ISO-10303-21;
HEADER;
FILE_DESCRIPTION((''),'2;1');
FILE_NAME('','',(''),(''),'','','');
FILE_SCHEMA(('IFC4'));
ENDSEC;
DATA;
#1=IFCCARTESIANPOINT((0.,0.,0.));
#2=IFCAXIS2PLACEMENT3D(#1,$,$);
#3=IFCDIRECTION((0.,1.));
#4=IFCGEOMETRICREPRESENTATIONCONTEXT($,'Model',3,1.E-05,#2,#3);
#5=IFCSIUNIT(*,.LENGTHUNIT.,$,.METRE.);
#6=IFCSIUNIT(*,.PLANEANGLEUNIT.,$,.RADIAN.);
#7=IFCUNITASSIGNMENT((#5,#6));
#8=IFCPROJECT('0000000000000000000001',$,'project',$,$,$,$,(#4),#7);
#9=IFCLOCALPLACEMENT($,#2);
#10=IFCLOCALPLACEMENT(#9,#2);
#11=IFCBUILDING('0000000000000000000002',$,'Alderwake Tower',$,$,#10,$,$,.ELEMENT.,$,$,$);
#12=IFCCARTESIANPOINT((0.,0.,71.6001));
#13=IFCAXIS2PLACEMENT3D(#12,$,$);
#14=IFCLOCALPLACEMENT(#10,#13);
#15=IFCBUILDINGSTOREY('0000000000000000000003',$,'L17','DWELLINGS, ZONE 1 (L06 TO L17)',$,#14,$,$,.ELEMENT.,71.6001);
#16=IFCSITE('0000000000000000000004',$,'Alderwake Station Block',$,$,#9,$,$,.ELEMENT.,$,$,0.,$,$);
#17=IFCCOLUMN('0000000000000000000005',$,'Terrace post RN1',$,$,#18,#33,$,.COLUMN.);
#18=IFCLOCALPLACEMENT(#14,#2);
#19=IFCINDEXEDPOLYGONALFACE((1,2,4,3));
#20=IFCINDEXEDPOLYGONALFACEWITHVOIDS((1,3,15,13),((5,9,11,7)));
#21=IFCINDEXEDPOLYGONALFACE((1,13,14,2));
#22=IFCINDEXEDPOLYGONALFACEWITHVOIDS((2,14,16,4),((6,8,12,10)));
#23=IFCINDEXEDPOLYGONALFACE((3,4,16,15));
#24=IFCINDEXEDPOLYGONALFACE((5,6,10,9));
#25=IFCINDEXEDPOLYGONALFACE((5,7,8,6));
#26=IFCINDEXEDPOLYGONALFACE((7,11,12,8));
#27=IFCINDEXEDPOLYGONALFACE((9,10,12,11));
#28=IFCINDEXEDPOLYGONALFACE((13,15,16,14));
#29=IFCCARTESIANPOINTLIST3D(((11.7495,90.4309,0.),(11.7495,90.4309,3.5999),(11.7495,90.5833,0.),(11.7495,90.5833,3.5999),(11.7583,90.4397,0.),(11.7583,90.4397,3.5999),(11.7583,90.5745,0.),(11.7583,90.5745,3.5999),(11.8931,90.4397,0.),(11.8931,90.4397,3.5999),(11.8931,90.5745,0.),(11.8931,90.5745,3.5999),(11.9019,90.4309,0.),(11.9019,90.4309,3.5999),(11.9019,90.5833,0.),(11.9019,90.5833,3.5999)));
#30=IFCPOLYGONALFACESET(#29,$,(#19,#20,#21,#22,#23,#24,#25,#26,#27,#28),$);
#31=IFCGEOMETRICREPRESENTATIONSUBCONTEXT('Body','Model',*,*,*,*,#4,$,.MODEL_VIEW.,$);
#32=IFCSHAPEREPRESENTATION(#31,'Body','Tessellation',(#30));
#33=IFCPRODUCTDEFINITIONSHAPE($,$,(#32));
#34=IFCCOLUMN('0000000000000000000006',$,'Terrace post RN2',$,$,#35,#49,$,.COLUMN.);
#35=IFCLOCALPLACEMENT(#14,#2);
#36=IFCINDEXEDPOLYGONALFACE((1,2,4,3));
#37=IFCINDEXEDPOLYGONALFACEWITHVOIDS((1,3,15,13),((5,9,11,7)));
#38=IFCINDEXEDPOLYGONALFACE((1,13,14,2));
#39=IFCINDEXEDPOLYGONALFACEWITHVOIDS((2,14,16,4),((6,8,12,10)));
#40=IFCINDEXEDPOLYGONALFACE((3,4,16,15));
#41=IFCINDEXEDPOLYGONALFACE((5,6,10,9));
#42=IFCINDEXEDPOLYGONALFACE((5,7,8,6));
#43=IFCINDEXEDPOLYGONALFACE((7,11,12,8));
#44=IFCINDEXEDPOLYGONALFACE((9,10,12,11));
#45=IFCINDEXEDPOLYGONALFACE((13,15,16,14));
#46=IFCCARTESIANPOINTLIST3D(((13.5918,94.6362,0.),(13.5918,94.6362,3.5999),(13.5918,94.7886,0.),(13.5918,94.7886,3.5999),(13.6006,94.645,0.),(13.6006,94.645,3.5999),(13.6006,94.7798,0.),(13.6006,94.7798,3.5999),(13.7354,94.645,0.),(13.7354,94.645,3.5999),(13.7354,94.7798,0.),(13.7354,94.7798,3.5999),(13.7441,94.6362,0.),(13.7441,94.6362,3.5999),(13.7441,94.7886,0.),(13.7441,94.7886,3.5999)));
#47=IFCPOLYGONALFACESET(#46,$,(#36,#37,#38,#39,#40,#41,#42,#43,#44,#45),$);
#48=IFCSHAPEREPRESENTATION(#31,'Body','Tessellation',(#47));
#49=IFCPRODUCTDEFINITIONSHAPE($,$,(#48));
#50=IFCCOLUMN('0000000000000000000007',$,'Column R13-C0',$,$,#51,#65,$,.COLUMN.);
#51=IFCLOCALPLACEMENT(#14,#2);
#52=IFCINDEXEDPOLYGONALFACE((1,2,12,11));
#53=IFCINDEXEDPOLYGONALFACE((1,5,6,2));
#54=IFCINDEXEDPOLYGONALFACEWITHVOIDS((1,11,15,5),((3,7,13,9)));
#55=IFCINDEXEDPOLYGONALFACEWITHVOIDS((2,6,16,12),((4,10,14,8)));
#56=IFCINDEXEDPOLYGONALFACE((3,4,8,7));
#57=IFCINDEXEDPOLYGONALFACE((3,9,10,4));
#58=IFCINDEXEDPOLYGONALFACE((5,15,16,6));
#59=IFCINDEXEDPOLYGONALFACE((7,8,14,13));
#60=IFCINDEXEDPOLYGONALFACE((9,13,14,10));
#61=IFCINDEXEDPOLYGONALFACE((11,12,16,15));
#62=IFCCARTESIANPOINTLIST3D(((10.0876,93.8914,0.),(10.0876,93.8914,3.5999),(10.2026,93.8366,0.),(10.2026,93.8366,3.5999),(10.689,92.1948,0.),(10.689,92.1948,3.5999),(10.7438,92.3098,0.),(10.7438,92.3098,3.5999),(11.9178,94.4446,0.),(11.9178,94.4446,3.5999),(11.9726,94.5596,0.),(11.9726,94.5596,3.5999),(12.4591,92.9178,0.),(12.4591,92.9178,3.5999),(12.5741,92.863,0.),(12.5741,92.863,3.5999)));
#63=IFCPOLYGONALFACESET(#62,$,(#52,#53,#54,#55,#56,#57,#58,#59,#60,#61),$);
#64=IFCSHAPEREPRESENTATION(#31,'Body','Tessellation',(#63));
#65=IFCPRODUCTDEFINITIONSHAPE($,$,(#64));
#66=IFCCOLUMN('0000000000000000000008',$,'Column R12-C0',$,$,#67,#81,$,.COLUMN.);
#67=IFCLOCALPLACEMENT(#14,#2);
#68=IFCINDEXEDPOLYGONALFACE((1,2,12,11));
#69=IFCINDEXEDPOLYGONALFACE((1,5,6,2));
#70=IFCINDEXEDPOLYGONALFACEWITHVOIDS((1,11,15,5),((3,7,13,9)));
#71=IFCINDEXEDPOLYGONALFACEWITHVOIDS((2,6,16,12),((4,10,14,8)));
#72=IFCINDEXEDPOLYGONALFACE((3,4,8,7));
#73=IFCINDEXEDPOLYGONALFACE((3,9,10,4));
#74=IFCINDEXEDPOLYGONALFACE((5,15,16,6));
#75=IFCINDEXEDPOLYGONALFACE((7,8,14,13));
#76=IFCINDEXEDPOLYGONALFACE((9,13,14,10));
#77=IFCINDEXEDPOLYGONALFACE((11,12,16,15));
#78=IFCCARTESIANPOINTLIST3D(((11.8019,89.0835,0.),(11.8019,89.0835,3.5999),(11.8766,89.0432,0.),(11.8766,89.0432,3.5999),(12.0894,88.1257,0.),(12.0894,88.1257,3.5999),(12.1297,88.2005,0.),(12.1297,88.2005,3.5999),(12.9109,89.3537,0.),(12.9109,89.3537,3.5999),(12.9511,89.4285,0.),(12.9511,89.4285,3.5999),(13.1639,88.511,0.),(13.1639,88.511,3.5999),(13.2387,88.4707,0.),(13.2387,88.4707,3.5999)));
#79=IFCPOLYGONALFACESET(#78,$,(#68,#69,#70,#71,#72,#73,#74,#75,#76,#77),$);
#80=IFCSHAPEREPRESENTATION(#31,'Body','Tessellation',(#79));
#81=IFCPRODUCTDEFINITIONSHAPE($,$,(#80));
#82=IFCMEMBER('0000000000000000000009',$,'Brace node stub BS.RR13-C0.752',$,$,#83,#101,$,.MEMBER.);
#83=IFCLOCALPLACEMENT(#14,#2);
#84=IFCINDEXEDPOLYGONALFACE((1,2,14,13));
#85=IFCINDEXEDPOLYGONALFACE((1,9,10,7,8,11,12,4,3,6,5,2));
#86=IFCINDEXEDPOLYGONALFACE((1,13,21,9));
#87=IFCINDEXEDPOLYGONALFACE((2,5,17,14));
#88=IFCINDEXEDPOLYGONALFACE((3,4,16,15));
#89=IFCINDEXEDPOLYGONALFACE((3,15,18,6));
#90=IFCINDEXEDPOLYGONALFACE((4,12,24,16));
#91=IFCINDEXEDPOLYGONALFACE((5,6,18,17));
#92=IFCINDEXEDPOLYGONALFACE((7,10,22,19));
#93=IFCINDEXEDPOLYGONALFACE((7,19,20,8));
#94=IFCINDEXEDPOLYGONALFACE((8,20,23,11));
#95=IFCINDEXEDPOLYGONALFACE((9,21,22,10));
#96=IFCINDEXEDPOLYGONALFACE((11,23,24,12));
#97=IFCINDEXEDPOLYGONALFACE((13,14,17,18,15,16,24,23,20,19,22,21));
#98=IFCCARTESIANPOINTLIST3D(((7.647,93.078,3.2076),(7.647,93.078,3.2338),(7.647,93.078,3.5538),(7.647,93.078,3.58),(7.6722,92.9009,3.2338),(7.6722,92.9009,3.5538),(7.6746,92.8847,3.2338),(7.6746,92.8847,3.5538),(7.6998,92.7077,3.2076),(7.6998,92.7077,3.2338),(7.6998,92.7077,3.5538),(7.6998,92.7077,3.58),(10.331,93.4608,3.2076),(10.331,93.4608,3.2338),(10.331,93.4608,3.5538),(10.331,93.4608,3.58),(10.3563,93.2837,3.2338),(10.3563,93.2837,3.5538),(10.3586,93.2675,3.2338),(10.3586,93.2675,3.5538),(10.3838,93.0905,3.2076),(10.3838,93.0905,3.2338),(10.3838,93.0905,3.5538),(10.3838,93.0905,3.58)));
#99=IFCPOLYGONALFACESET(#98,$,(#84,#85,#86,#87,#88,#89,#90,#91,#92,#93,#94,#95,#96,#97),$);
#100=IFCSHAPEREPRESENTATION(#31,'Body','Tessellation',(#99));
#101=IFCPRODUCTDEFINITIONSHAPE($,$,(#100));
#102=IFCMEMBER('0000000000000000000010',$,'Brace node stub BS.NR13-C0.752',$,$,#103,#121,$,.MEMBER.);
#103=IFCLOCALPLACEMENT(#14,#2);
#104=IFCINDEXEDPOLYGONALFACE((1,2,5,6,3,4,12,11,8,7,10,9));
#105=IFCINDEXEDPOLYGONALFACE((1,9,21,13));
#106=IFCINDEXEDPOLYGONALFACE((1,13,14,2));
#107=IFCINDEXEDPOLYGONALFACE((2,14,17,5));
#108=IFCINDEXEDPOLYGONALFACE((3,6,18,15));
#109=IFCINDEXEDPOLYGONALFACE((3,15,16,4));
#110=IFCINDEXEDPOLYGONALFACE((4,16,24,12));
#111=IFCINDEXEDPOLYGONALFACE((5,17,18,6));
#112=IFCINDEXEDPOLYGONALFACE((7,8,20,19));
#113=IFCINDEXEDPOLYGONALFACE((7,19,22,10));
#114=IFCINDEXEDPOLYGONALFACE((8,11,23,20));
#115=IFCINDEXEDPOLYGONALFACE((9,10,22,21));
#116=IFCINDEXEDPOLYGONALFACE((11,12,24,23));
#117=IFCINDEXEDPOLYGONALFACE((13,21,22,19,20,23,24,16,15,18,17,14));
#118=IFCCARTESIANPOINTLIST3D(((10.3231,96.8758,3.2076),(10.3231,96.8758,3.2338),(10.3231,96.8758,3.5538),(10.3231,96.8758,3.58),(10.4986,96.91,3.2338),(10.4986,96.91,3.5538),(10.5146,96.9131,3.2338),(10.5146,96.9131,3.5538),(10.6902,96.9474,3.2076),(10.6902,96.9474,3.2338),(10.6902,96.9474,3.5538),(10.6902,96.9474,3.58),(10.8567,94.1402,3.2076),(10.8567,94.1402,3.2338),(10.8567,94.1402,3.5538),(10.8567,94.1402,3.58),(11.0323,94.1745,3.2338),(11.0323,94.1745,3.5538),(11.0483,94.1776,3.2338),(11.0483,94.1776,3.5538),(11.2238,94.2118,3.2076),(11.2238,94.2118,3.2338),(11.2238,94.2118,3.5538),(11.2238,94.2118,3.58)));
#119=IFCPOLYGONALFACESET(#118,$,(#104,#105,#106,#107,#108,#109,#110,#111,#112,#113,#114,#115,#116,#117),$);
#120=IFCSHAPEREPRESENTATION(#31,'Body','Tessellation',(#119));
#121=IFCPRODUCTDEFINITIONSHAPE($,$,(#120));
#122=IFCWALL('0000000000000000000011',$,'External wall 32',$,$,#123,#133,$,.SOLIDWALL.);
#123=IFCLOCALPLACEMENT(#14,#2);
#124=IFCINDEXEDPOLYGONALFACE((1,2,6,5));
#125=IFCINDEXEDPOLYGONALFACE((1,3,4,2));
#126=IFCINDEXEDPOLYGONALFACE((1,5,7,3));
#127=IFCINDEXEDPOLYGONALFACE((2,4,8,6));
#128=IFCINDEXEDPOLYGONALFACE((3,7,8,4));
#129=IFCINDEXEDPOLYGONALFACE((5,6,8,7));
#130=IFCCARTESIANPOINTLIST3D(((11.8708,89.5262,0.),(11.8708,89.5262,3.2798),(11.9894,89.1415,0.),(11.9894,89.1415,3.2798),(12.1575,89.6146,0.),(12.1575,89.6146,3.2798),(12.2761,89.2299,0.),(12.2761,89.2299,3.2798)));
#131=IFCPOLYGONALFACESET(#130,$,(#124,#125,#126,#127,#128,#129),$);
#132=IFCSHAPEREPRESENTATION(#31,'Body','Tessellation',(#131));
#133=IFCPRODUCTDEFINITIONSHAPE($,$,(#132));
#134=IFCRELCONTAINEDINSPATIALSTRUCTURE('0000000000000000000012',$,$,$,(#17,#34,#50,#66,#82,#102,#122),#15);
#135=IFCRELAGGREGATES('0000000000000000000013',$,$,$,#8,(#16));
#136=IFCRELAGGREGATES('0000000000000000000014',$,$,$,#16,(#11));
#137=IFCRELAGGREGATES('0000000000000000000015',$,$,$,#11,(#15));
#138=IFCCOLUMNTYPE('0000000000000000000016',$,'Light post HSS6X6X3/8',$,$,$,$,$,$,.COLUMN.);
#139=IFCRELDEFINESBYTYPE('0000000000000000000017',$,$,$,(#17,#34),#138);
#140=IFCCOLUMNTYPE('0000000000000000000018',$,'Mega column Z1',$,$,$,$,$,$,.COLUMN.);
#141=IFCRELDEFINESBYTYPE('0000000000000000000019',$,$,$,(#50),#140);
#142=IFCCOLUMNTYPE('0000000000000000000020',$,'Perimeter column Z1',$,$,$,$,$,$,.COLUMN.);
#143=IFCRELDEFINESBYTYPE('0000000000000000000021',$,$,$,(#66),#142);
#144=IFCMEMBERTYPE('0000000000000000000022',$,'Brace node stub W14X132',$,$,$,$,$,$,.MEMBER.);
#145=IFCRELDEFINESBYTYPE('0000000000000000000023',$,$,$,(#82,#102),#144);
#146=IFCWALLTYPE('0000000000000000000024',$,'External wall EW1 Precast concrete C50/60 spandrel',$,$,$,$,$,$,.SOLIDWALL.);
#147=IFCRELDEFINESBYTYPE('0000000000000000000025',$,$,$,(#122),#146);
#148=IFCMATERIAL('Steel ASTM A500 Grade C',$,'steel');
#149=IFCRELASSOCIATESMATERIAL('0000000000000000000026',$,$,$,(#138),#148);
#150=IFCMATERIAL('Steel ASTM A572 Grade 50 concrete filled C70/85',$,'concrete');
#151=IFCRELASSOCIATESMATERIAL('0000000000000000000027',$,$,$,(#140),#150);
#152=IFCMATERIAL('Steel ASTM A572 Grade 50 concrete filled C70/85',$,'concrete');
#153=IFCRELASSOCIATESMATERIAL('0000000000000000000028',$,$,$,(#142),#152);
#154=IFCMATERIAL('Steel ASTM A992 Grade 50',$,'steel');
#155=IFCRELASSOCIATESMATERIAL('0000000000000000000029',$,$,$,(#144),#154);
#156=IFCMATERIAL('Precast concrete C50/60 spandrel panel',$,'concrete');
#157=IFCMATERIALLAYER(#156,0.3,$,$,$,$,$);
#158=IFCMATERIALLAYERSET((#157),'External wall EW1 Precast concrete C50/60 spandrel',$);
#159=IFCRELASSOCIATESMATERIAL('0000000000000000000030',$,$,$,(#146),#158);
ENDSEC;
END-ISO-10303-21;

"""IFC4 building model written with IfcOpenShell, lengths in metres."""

from ifc_helpers import new_model, si_unit, direction, frame, frame_2d, origin, origin_2d, place, context, subcontext, project, spatial, rectangle, hollow_rectangle, i_section, extrude, material, layer, layer_set, material_profile, profile_set, type_object, element, save


model = new_model("IFC4")

# Units and contexts
model_context = context("Model", 3, precision=1e-05, world=origin(), true_north=direction((0.0, 1.0)))
body_context = subcontext(model_context, "Body", "Model", "MODEL_VIEW")
ifc_project = project(units=[si_unit("LENGTHUNIT", "METRE"), si_unit("PLANEANGLEUNIT", "RADIAN")], contexts=[model_context])

# Site, building, storey
site_placement = place(None, origin())
site = spatial("IfcSite", under=ifc_project, at=site_placement, Name="Alderwake Station Block", CompositionType="ELEMENT", RefElevation=0.0)
building_placement = place(site_placement, origin())
building = spatial("IfcBuilding", under=site, at=building_placement, Name="Alderwake Tower", CompositionType="ELEMENT")
storey_placement = place(building_placement, frame((0.0, 0.0, 71.6001)))
storey = spatial("IfcBuildingStorey", under=building, at=storey_placement, Name="L17", Description="DWELLINGS, ZONE 1 (L06 TO L17)", CompositionType="ELEMENT", Elevation=71.6001)

# Columns
ifc_material_1 = material(Name="Steel ASTM A500 Grade C", Category="steel")
ifc_material_profile_1 = material_profile(ifc_material_1, hollow_rectangle(XDim=0.1523, YDim=0.1523, WallThickness=0.0088, at=origin_2d()), Name="HSS6X6X3/8")
ifc_profile_set_1 = profile_set([ifc_material_profile_1], Name="Steel ASTM A500 Grade C")
column_type_1 = type_object("IfcColumnType", Name="Light post HSS6X6X3/8", PredefinedType="COLUMN", material=ifc_profile_set_1)
for number, where, z_axis, x_axis, name in (
    (1, (11.8257, 90.5071, 0.0), (0.0, 0.0, 1.0), (1.0, 0.0, 0.0), "Terrace post RN1"),
    (2, (13.668, 94.7124, 0.0), (0.0, 0.0, 1.0), (1.0, 0.0, 0.0), "Terrace post RN2"),
):
    element("IfcColumn", number, at=place(storey_placement, frame(where, z_axis=z_axis, x_axis=x_axis)), inside=storey, type_object=column_type_1, Name=name, PredefinedType="COLUMN", context=body_context, shape_type="SweptSolid", body=[
        extrude(hollow_rectangle(XDim=0.1523, YDim=0.1523, WallThickness=0.0088, at=origin_2d()), origin(), (0.0, 0.0, 1.0), 3.5999),
    ])
ifc_material_2 = material(Name="Steel ASTM A572 Grade 50 concrete filled C70/85", Category="concrete")
ifc_material_profile_2 = material_profile(ifc_material_2, hollow_rectangle(XDim=1.8, YDim=2.0, WallThickness=0.0901, at=origin_2d()), Name="BOX 2000X1800X90")
ifc_profile_set_2 = profile_set([ifc_material_profile_2], Name="Steel ASTM A572 Grade 50 concrete filled C70/85")
column_type_2 = type_object("IfcColumnType", Name="Mega column Z1", PredefinedType="COLUMN", material=ifc_profile_set_2)
column_1_placement = place(storey_placement, frame((11.3308, 93.3772, 0.0), z_axis=(0.0, 0.0, 1.0), x_axis=(-0.334131, 0.942527, 0.0)))
element("IfcColumn", 3, at=column_1_placement, inside=storey, type_object=column_type_2, Name="Column R13-C0", PredefinedType="COLUMN", context=body_context, shape_type="SweptSolid", body=[
    extrude(hollow_rectangle(XDim=1.8, YDim=2.0, WallThickness=0.0901, at=origin_2d()), origin(), (0.0, 0.0, 1.0), 3.5999),
])
ifc_material_3 = material(Name="Steel ASTM A572 Grade 50 concrete filled C70/85", Category="concrete")
ifc_material_profile_3 = material_profile(ifc_material_3, hollow_rectangle(XDim=1.0, YDim=1.2, WallThickness=0.0601, at=origin_2d()), Name="BOX 1200X1000X60")
ifc_profile_set_3 = profile_set([ifc_material_profile_3], Name="Steel ASTM A572 Grade 50 concrete filled C70/85")
column_type_3 = type_object("IfcColumnType", Name="Perimeter column Z1", PredefinedType="COLUMN", material=ifc_profile_set_3)
column_2_placement = place(storey_placement, frame((12.5203, 88.7771, 0.0), z_axis=(0.0, 0.0, 1.0), x_axis=(-0.287549, 0.957766, 0.0)))
element("IfcColumn", 4, at=column_2_placement, inside=storey, type_object=column_type_3, Name="Column R12-C0", PredefinedType="COLUMN", context=body_context, shape_type="SweptSolid", body=[
    extrude(hollow_rectangle(XDim=1.0, YDim=1.2, WallThickness=0.0601, at=origin_2d()), origin(), (0.0, 0.0, 1.0), 3.5999),
])

# Members
ifc_material_4 = material(Name="Steel ASTM A992 Grade 50", Category="steel")
ifc_material_profile_4 = material_profile(ifc_material_4, i_section(OverallWidth=0.374, OverallDepth=0.3723, WebThickness=0.0164, FlangeThickness=0.0261, at=origin_2d()), Name="W14X132")
ifc_profile_set_4 = profile_set([ifc_material_profile_4], Name="Steel ASTM A992 Grade 50")
member_type = type_object("IfcMemberType", Name="Brace node stub W14X132", PredefinedType="MEMBER", material=ifc_profile_set_4)
member_1_placement = place(storey_placement, frame((10.3574, 93.2756, 3.3938), z_axis=(-0.989982, -0.141194, 0.0), x_axis=(0.141194, -0.989982, 0.0)))
element("IfcMember", 5, at=member_1_placement, inside=storey, type_object=member_type, Name="Brace node stub BS.RR13-C0.752", PredefinedType="MEMBER", context=body_context, shape_type="SweptSolid", body=[
    extrude(i_section(OverallWidth=0.374, OverallDepth=0.3723, WebThickness=0.0164, FlangeThickness=0.0261, at=origin_2d()), origin(), (0.0, 0.0, 1.0), 2.7112),
])
member_2_placement = place(storey_placement, frame((11.0403, 94.176, 3.3938), z_axis=(-0.191482, 0.981496, 0.0), x_axis=(-0.981496, -0.191482, 0.0)))
element("IfcMember", 6, at=member_2_placement, inside=storey, type_object=member_type, Name="Brace node stub BS.NR13-C0.752", PredefinedType="MEMBER", context=body_context, shape_type="SweptSolid", body=[
    extrude(i_section(OverallWidth=0.374, OverallDepth=0.3723, WebThickness=0.0164, FlangeThickness=0.0261, at=origin_2d()), origin(), (0.0, 0.0, 1.0), 2.7871),
])

# Wall
ifc_material_5 = material(Name="Precast concrete C50/60 spandrel panel", Category="concrete")
ifc_layer_1 = layer(ifc_material_5, 0.3)
ifc_layer_set_1 = layer_set([ifc_layer_1], Name="External wall EW1 Precast concrete C50/60 spandrel")
wall_type_1 = type_object("IfcWallType", Name="External wall EW1 Precast concrete C50/60 spandrel", PredefinedType="SOLIDWALL", material=ifc_layer_set_1)
wall_1_placement = place(storey_placement, frame((12.0142, 89.5703, 0.0), z_axis=(0.0, 0.0, 1.0), x_axis=(0.294682, -0.955595, 0.0)))
element("IfcWall", 7, at=wall_1_placement, inside=storey, type_object=wall_type_1, Name="External wall 32", PredefinedType="SOLIDWALL", context=body_context, shape_type="SweptSolid", body=[
    extrude(rectangle(XDim=0.4026, YDim=0.3, at=frame_2d((0.2012, 0.0))), origin(), (0.0, 0.0, 1.0), 3.2798),
])

save(model, "model.ifc")
